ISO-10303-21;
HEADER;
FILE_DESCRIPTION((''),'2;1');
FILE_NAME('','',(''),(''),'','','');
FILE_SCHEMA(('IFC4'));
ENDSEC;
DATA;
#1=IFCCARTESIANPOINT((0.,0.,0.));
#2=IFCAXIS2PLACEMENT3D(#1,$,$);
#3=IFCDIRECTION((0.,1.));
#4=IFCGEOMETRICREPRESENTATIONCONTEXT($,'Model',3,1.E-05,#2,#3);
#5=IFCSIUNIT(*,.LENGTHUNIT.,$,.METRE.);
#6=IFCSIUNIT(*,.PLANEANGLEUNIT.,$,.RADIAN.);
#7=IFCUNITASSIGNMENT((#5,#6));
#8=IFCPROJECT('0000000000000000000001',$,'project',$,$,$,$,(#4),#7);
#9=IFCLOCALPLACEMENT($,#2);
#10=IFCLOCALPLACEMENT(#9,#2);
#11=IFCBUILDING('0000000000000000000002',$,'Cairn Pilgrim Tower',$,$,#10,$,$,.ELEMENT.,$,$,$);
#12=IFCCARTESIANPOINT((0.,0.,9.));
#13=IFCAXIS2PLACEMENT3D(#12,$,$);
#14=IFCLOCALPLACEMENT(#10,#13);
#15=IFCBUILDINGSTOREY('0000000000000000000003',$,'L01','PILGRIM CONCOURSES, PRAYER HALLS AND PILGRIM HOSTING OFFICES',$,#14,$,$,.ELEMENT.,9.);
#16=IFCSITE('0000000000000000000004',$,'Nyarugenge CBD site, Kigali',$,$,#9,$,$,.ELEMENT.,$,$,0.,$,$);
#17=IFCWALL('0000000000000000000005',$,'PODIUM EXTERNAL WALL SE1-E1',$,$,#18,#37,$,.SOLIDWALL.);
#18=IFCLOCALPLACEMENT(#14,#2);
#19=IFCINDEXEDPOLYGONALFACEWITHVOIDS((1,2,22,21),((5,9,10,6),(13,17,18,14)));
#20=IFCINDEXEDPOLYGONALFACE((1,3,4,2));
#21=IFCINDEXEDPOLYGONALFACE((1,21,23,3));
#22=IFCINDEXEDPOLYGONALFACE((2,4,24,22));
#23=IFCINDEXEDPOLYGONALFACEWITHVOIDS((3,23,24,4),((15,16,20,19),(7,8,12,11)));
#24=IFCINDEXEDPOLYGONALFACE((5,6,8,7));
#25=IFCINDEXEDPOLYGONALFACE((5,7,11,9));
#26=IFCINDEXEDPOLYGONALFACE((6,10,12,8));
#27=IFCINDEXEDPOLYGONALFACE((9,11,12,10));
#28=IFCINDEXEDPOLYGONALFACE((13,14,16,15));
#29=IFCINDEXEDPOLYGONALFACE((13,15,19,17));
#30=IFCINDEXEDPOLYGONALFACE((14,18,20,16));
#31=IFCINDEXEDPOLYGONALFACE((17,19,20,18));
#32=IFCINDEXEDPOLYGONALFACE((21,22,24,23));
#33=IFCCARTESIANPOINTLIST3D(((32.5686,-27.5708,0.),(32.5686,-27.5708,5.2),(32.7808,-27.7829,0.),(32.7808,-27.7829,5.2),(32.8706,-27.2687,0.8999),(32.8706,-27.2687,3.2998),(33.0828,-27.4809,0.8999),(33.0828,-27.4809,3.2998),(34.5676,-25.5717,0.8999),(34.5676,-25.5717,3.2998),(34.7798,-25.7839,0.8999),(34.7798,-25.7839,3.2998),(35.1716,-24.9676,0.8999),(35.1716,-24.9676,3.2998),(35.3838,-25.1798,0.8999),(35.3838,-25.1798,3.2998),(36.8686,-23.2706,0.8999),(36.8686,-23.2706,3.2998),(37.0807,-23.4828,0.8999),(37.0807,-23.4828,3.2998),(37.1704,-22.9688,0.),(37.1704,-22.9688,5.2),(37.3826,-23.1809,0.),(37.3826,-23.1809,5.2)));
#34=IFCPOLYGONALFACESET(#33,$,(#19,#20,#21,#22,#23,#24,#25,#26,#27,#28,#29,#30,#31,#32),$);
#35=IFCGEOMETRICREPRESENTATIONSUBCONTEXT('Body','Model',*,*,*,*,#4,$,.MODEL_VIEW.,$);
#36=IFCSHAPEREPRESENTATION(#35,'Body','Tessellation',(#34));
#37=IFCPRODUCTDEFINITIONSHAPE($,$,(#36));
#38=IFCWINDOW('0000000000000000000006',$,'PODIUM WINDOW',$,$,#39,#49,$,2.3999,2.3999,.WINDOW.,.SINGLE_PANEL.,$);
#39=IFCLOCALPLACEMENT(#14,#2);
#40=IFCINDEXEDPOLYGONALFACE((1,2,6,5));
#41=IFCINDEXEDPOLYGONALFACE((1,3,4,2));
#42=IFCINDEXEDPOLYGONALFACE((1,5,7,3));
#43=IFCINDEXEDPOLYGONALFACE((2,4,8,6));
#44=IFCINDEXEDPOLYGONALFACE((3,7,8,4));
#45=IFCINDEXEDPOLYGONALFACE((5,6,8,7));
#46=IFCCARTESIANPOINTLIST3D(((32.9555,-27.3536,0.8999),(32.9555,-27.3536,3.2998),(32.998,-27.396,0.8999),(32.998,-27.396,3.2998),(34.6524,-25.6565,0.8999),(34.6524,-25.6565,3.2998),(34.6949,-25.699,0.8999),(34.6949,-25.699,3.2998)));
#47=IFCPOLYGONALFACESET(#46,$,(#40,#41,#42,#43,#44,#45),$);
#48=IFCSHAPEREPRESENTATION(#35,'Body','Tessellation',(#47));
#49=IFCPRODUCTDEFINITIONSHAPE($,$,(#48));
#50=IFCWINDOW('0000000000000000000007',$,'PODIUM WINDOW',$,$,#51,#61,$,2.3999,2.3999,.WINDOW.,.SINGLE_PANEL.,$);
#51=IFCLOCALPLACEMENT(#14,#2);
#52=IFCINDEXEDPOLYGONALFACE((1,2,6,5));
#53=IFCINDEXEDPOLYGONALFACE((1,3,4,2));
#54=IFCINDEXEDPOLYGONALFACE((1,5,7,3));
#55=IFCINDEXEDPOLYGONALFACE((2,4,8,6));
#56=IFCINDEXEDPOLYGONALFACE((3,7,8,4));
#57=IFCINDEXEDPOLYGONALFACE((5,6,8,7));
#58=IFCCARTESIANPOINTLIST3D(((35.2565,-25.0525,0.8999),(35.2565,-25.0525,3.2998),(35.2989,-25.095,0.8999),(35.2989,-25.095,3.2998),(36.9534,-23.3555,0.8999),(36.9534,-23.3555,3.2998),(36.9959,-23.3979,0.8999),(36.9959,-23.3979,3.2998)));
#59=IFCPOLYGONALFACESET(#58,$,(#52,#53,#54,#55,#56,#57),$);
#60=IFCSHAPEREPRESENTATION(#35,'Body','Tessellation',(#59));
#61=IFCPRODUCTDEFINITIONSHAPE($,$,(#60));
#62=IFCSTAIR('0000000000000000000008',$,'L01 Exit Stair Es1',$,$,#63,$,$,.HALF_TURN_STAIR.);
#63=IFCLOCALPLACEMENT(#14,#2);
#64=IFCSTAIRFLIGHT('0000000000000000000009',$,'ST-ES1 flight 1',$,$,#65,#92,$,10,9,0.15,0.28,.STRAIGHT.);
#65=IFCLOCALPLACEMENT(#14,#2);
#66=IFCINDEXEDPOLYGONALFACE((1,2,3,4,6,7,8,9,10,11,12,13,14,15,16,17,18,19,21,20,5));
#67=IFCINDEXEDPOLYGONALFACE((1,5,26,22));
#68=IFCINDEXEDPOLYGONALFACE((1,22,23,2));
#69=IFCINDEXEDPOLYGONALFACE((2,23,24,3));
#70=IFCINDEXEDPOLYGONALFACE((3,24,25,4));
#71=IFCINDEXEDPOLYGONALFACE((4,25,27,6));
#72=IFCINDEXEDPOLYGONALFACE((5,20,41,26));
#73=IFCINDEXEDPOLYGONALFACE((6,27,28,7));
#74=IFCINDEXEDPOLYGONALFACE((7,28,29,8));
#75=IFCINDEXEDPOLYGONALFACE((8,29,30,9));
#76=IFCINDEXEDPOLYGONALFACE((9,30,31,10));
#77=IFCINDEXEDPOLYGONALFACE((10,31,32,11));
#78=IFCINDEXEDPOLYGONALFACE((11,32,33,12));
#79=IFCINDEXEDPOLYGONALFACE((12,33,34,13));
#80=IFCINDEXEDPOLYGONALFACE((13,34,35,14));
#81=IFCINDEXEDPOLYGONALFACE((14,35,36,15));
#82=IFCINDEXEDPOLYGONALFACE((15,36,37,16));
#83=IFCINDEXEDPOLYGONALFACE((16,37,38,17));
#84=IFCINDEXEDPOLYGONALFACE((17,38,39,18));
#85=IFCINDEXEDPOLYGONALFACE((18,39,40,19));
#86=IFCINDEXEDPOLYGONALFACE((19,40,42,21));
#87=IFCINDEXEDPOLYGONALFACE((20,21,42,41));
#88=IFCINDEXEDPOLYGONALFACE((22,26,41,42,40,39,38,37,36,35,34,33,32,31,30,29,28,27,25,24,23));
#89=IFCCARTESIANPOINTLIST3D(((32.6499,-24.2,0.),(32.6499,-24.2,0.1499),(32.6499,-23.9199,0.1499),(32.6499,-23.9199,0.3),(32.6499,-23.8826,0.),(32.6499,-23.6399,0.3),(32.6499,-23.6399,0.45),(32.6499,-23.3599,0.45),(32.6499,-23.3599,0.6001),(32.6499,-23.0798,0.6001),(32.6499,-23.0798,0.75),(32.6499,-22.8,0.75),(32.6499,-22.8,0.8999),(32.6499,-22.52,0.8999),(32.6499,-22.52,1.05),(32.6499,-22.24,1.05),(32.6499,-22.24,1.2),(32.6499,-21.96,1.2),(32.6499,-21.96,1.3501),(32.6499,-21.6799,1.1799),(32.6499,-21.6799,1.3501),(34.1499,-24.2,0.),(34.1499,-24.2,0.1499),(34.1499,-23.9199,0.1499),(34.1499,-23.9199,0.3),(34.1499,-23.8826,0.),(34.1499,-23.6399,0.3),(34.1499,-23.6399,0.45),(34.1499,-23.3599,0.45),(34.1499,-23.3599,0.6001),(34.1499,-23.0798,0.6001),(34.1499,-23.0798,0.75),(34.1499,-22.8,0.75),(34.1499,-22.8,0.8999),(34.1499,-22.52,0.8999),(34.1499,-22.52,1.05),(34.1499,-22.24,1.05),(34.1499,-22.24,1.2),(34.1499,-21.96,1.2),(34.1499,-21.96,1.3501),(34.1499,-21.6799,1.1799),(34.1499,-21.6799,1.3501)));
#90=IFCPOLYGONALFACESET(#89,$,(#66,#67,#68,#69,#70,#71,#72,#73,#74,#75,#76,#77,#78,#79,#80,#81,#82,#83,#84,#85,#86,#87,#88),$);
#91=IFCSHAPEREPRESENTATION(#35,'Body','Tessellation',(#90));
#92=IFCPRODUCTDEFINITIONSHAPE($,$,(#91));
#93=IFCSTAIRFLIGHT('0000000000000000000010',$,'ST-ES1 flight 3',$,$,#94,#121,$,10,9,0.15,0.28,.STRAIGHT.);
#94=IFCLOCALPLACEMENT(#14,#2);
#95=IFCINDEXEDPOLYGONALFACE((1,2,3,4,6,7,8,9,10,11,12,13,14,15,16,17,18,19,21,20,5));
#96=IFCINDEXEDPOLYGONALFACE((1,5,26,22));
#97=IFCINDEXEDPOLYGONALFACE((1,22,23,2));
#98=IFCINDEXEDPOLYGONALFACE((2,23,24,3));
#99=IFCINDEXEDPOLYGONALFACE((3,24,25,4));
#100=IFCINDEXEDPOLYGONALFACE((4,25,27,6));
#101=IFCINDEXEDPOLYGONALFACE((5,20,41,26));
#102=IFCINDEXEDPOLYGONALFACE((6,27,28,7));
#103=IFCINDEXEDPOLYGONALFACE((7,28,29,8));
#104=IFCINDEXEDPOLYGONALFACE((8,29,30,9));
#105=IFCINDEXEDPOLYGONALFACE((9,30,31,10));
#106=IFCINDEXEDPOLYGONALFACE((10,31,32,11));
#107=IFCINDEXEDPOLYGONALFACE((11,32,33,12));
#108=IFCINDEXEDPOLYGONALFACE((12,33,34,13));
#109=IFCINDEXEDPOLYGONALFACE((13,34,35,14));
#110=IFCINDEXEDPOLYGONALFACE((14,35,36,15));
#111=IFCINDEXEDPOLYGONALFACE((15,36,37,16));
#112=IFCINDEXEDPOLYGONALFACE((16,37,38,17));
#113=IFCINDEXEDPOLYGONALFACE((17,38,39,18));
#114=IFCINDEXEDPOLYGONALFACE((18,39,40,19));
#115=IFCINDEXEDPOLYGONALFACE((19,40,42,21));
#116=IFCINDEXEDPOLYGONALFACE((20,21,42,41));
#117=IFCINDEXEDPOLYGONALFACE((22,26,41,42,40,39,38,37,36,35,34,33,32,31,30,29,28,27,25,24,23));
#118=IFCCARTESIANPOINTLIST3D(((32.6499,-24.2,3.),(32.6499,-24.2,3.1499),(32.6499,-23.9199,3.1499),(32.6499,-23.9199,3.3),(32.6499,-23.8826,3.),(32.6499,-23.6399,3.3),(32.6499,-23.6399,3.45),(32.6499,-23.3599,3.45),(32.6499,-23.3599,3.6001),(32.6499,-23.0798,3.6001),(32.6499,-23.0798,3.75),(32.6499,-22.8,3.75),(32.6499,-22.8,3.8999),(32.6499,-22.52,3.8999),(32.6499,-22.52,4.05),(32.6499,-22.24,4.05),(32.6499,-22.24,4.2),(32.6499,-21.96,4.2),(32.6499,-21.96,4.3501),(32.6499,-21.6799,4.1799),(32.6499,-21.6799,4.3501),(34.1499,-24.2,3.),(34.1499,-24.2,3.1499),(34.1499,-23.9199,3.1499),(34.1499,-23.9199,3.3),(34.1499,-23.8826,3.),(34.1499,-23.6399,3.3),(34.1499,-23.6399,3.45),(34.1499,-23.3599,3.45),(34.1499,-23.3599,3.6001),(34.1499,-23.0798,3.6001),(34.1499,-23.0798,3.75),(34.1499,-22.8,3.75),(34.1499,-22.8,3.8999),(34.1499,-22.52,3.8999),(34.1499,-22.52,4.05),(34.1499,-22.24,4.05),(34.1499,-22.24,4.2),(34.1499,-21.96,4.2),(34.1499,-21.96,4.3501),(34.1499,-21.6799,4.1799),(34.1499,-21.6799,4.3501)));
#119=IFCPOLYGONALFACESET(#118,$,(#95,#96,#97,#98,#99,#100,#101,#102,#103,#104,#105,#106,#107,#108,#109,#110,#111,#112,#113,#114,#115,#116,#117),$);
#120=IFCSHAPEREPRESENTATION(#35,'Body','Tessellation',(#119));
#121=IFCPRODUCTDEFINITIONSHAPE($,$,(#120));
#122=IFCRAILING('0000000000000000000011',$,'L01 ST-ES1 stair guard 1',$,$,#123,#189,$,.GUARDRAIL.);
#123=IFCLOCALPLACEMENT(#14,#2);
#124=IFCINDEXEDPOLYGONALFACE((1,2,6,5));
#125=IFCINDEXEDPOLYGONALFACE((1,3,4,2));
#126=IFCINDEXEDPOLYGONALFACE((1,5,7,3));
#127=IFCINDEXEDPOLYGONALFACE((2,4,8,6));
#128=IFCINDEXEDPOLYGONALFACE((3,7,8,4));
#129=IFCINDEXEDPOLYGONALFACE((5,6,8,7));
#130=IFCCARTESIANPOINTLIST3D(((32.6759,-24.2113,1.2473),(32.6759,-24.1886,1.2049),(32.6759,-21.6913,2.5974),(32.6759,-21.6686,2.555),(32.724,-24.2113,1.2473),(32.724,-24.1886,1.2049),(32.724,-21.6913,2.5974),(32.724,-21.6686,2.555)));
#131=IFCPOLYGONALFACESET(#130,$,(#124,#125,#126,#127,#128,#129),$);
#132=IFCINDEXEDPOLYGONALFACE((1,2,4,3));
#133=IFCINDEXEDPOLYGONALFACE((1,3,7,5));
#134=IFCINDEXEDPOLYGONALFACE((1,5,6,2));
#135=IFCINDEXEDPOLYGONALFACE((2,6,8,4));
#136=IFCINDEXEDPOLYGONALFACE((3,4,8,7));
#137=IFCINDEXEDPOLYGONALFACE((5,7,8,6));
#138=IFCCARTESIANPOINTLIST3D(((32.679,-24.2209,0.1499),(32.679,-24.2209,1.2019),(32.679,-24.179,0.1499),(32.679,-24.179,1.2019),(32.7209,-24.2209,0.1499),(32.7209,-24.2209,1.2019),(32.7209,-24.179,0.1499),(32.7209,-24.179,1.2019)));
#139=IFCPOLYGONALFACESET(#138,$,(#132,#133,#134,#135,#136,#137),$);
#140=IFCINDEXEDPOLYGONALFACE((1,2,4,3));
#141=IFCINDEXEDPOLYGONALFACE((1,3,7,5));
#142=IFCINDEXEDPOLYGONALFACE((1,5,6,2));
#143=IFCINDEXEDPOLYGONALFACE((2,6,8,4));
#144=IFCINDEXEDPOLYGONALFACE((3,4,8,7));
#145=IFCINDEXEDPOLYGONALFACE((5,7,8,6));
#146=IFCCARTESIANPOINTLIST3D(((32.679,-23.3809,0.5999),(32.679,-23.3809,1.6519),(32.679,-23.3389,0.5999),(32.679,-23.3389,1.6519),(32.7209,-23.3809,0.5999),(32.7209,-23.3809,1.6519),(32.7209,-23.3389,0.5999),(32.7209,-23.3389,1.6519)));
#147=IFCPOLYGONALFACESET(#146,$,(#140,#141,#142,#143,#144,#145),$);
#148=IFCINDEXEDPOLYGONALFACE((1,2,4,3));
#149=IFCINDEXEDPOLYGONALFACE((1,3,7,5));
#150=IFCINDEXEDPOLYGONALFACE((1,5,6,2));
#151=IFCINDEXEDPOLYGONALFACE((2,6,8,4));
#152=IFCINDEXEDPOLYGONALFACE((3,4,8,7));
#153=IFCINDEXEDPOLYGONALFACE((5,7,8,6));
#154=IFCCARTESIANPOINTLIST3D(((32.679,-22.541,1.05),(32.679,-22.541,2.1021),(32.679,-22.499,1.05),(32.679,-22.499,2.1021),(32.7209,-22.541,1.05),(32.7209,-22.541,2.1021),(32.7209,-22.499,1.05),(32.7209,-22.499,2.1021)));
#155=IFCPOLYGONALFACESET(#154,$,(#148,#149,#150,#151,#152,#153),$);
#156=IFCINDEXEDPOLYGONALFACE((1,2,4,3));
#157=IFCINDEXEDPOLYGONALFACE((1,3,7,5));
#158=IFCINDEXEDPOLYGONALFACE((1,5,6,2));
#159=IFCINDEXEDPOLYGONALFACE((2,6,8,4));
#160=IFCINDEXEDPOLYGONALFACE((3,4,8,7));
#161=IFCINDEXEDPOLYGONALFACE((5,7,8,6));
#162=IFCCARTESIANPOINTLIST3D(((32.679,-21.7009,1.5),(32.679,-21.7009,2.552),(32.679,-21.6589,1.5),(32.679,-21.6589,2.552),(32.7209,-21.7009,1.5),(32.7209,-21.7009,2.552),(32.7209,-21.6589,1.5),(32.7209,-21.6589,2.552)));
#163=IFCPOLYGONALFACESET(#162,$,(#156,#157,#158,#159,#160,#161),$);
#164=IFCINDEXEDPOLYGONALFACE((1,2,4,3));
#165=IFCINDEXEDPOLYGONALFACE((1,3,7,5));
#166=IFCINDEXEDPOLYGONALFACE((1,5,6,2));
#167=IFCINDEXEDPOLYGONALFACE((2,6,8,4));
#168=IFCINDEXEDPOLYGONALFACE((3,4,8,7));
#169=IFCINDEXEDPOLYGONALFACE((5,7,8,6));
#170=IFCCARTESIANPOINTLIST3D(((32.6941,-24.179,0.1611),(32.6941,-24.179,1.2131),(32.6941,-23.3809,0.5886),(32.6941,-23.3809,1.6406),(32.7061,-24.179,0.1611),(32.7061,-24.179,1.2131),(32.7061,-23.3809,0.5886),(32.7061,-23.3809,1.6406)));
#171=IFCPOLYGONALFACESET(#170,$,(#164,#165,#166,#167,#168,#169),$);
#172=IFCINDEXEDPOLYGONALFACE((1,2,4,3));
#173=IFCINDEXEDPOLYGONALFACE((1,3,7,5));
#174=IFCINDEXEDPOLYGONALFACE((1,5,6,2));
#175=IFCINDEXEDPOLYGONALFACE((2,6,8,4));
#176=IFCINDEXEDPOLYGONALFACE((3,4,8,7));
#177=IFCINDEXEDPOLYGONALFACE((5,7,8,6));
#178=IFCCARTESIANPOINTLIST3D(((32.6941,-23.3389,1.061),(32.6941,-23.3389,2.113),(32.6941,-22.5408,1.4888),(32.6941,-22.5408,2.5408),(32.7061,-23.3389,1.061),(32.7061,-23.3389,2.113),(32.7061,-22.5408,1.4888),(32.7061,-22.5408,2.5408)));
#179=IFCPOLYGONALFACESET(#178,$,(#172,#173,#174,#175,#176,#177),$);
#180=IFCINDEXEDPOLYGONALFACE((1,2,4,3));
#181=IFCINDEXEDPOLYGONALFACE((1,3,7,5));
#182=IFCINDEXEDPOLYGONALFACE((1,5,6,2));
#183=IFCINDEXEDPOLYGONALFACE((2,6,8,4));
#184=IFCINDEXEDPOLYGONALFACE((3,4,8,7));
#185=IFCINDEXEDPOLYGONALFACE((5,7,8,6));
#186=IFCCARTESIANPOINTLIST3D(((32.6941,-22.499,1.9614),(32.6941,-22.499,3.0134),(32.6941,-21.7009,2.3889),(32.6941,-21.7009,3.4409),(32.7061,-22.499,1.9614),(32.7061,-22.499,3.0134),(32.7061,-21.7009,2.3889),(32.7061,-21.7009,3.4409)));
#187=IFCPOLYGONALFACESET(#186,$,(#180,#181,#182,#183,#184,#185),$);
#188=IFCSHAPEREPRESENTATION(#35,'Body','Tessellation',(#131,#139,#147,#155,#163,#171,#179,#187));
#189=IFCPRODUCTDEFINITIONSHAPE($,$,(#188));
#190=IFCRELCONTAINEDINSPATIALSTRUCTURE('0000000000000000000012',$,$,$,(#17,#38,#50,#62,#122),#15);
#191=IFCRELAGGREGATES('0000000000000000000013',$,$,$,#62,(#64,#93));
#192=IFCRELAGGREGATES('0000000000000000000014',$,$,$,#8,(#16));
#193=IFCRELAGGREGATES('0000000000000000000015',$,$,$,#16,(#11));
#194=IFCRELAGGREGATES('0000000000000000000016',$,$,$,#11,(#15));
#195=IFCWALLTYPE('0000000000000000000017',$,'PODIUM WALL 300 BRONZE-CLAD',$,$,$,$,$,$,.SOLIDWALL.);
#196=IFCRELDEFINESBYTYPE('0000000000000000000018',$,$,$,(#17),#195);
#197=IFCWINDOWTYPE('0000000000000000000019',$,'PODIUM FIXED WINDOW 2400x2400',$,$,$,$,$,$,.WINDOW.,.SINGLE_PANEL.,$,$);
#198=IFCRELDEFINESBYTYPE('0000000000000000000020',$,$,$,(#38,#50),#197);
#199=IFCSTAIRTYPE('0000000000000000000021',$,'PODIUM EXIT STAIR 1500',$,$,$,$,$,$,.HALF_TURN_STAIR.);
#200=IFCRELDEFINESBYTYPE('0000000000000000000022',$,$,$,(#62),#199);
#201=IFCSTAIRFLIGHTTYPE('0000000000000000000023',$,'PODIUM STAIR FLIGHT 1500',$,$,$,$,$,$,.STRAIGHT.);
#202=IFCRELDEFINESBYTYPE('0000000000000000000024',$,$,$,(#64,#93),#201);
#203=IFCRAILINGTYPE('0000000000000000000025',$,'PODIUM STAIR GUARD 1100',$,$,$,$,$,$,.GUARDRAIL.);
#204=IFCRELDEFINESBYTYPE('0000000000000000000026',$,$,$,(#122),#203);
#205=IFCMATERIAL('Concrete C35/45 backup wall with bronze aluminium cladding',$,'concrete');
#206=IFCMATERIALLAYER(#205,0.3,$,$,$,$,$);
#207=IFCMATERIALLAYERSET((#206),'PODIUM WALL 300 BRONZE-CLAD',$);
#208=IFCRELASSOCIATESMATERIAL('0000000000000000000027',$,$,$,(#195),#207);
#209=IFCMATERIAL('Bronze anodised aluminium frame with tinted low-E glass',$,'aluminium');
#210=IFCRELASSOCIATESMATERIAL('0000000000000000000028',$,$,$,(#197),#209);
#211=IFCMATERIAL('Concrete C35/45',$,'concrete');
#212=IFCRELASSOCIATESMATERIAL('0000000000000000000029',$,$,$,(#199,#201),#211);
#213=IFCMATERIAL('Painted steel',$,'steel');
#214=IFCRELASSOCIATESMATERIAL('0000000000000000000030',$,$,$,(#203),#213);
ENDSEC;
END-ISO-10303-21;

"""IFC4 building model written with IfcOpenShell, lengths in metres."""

from ifc_helpers import new_model, si_unit, direction, frame, frame_2d, origin, origin_2d, place, context, subcontext, project, spatial, polyline, rectangle, outline, extrude, material, layer, layer_set, type_object, element, fill, aggregate, save


model = new_model("IFC4")

# Units and contexts
model_context = context("Model", 3, precision=1e-05, world=origin(), true_north=direction((0.0, 1.0)))
body_context = subcontext(model_context, "Body", "Model", "MODEL_VIEW")
ifc_project = project(units=[si_unit("LENGTHUNIT", "METRE"), si_unit("PLANEANGLEUNIT", "RADIAN")], contexts=[model_context])

# Site, building, storey
site_placement = place(None, origin())
site = spatial("IfcSite", under=ifc_project, at=site_placement, Name="Nyarugenge CBD site, Kigali", CompositionType="ELEMENT", RefElevation=0.0)
building_placement = place(site_placement, origin())
building = spatial("IfcBuilding", under=site, at=building_placement, Name="Cairn Pilgrim Tower", CompositionType="ELEMENT")
storey_placement = place(building_placement, frame((0.0, 0.0, 9.0)))
storey = spatial("IfcBuildingStorey", under=building, at=storey_placement, Name="L01", Description="PILGRIM CONCOURSES, PRAYER HALLS AND PILGRIM HOSTING OFFICES", CompositionType="ELEMENT", Elevation=9.0)

# Shared definitions
ifc_material_1 = material(Name="Concrete C35/45", Category="concrete")

# Wall, openings, windows
ifc_material_2 = material(Name="Concrete C35/45 backup wall with bronze aluminium cladding", Category="concrete")
ifc_layer_1 = layer(ifc_material_2, 0.3)
ifc_layer_set_1 = layer_set([ifc_layer_1], Name="PODIUM WALL 300 BRONZE-CLAD")
wall_type_1 = type_object("IfcWallType", Name="PODIUM WALL 300 BRONZE-CLAD", PredefinedType="SOLIDWALL", material=ifc_layer_set_1)
wall_1_placement = place(storey_placement, frame((32.6748, -27.6768, 0.0), z_axis=(0.0, 0.0, 1.0), x_axis=(0.707088, 0.707126, 0.0)))
wall_1 = element("IfcWall", 1, at=wall_1_placement, inside=storey, type_object=wall_type_1, Name="PODIUM EXTERNAL WALL SE1-E1", PredefinedType="SOLIDWALL", context=body_context, shape_type="SweptSolid", body=[
    extrude(rectangle(XDim=6.5081, YDim=0.3, at=frame_2d((3.2539, 0.0))), origin(), (0.0, 0.0, 1.0), 5.2),
])
opening_1_placement = place(wall_1_placement, frame((0.427, 0.0, 0.8999)))
opening_1 = element("IfcOpeningElement", 2, at=opening_1_placement, cuts=wall_1, PredefinedType="OPENING", context=body_context, shape_type="SweptSolid", body=[
    extrude(rectangle(XDim=2.3999, YDim=2.3999, at=frame_2d((1.2, 1.2))), frame((0.0, 0.1602, 0.0), z_axis=(0.0, -1.0, 0.0), x_axis=(1.0, 0.0, 0.0)), (0.0, 0.0, 1.0), 0.3201),
])
opening_2_placement = place(wall_1_placement, frame((3.6812, 0.0, 0.8999)))
opening_2 = element("IfcOpeningElement", 3, at=opening_2_placement, cuts=wall_1, PredefinedType="OPENING", context=body_context, shape_type="SweptSolid", body=[
    extrude(rectangle(XDim=2.3999, YDim=2.3999, at=frame_2d((1.2, 1.2))), frame((0.0, 0.1602, 0.0), z_axis=(0.0, -1.0, 0.0), x_axis=(1.0, 0.0, 0.0)), (0.0, 0.0, 1.0), 0.3201),
])
ifc_material_3 = material(Name="Bronze anodised aluminium frame with tinted low-E glass", Category="aluminium")
window_type = type_object("IfcWindowType", Name="PODIUM FIXED WINDOW 2400x2400", PartitioningType="SINGLE_PANEL", PredefinedType="WINDOW", material=ifc_material_3)
window_1_placement = place(opening_1_placement, origin())
window_1 = element("IfcWindow", 4, at=window_1_placement, inside=storey, type_object=window_type, Name="PODIUM WINDOW", OverallHeight=2.3999, OverallWidth=2.3999, PartitioningType="SINGLE_PANEL", PredefinedType="WINDOW", context=body_context, shape_type="SweptSolid", body=[
    extrude(rectangle(XDim=2.3999, YDim=2.3999, at=frame_2d((1.2, 1.2))), frame((0.0, 0.03, 0.0), z_axis=(0.0, -1.0, 0.0), x_axis=(1.0, 0.0, 0.0)), (0.0, 0.0, 1.0), 0.0601),
])
fill(opening_1, window_1)
window_2_placement = place(opening_2_placement, origin())
window_2 = element("IfcWindow", 5, at=window_2_placement, inside=storey, type_object=window_type, Name="PODIUM WINDOW", OverallHeight=2.3999, OverallWidth=2.3999, PartitioningType="SINGLE_PANEL", PredefinedType="WINDOW", context=body_context, shape_type="SweptSolid", body=[
    extrude(rectangle(XDim=2.3999, YDim=2.3999, at=frame_2d((1.2, 1.2))), frame((0.0, 0.03, 0.0), z_axis=(0.0, -1.0, 0.0), x_axis=(1.0, 0.0, 0.0)), (0.0, 0.0, 1.0), 0.0601),
])
fill(opening_2, window_2)

# Stair, stair flights
stair_type = type_object("IfcStairType", Name="PODIUM EXIT STAIR 1500", PredefinedType="HALF_TURN_STAIR", material=ifc_material_1)
stair_placement = place(storey_placement, origin())
stair = element("IfcStair", 6, at=stair_placement, inside=storey, type_object=stair_type, Name="L01 Exit Stair Es1", PredefinedType="HALF_TURN_STAIR")
stair_flight_type = type_object("IfcStairFlightType", Name="PODIUM STAIR FLIGHT 1500", PredefinedType="STRAIGHT", material=ifc_material_1)
stair_flight_1_placement = place(storey_placement, frame((33.3999, -24.2, 0.0), z_axis=(0.0, 0.0, 1.0), x_axis=(0.0, 1.0, 0.0)))
stair_flight_1 = element("IfcStairFlight", 7, at=stair_flight_1_placement, type_object=stair_flight_type, Name="ST-ES1 flight 1", NumberOfRisers=10, NumberOfTreads=9, PredefinedType="STRAIGHT", RiserHeight=0.15, TreadLength=0.28, context=body_context, shape_type="SweptSolid", body=[
    extrude(outline(polyline([(0.0, 0.0), (0.0, 0.1499), (0.28, 0.1499), (0.28, 0.3), (0.5601, 0.3), (0.5601, 0.45), (0.8401, 0.45), (0.8401, 0.6001), (1.1201, 0.6001), (1.1201, 0.75), (1.3999, 0.75), (1.3999, 0.8999), (1.6799, 0.8999), (1.6799, 1.05), (1.96, 1.05), (1.96, 1.2), (2.24, 1.2), (2.24, 1.3501), (2.52, 1.3501), (2.52, 1.5), (2.52, 1.1799), (0.3174, 0.0), (0.0, 0.0)])), frame((0.0, 0.75, 0.0), z_axis=(0.0, -1.0, 0.0), x_axis=(1.0, 0.0, 0.0)), (0.0, 0.0, 1.0), 1.5),
])
stair_flight_2_placement = place(storey_placement, frame((33.3999, -24.2, 3.0), z_axis=(0.0, 0.0, 1.0), x_axis=(0.0, 1.0, 0.0)))
stair_flight_2 = element("IfcStairFlight", 8, at=stair_flight_2_placement, type_object=stair_flight_type, Name="ST-ES1 flight 3", NumberOfRisers=10, NumberOfTreads=9, PredefinedType="STRAIGHT", RiserHeight=0.15, TreadLength=0.28, context=body_context, shape_type="SweptSolid", body=[
    extrude(outline(polyline([(0.0, 0.0), (0.0, 0.1499), (0.28, 0.1499), (0.28, 0.3), (0.5601, 0.3), (0.5601, 0.45), (0.8401, 0.45), (0.8401, 0.6001), (1.1201, 0.6001), (1.1201, 0.75), (1.3999, 0.75), (1.3999, 0.8999), (1.6799, 0.8999), (1.6799, 1.05), (1.96, 1.05), (1.96, 1.2), (2.24, 1.2), (2.24, 1.3501), (2.52, 1.3501), (2.52, 1.5), (2.52, 1.1799), (0.3174, 0.0), (0.0, 0.0)])), frame((0.0, 0.75, 0.0), z_axis=(0.0, -1.0, 0.0), x_axis=(1.0, 0.0, 0.0)), (0.0, 0.0, 1.0), 1.5),
])
aggregate(stair, [stair_flight_1, stair_flight_2])

# Railing
ifc_material_4 = material(Name="Painted steel", Category="steel")
railing_type_1 = type_object("IfcRailingType", Name="PODIUM STAIR GUARD 1100", PredefinedType="GUARDRAIL", material=ifc_material_4)
railing_1_placement = place(storey_placement, frame((32.7, -24.2, 0.1499)))
element("IfcRailing", 9, at=railing_1_placement, inside=storey, type_object=railing_type_1, Name="L01 ST-ES1 stair guard 1", PredefinedType="GUARDRAIL", context=body_context, shape_type="SweptSolid", body=[
    extrude(rectangle(XDim=0.0481, YDim=0.0481, at=origin_2d()), frame((0.0, 0.0, 1.0762), z_axis=(0.0, 0.881467, 0.472245), x_axis=(-1.0, 0.0, 0.0)), (0.0, 0.0, 1.0), 2.8589),
    extrude(rectangle(XDim=0.042, YDim=0.042, at=origin_2d()), origin(), (0.0, 0.0, 1.0), 1.052),
    extrude(rectangle(XDim=0.042, YDim=0.042, at=origin_2d()), frame((0.0, 0.8401, 0.45)), (0.0, 0.0, 1.0), 1.052),
    extrude(rectangle(XDim=0.042, YDim=0.042, at=origin_2d()), frame((0.0, 1.6799, 0.9001)), (0.0, 0.0, 1.0), 1.052),
    extrude(rectangle(XDim=0.042, YDim=0.042, at=origin_2d()), frame((0.0, 2.52, 1.3501)), (0.0, 0.0, 1.0), 1.052),
    extrude(outline(polyline([(0.021, 0.0112), (0.8191, 0.4387), (0.8191, 1.4907), (0.021, 1.0632), (0.021, 0.0112)])), frame((-0.0059, 0.0, 0.0), z_axis=(1.0, 0.0, 0.0), x_axis=(0.0, 1.0, 0.0)), (0.0, 0.0, 1.0), 0.012),
    extrude(outline(polyline([(0.021, 0.4612), (0.8191, 0.8889), (0.8191, 1.9409), (0.021, 1.5132), (0.021, 0.4612)])), frame((-0.0059, 0.8401, 0.45), z_axis=(1.0, 0.0, 0.0), x_axis=(0.0, 1.0, 0.0)), (0.0, 0.0, 1.0), 0.012),
    extrude(outline(polyline([(0.021, 0.9114), (0.8191, 1.3389), (0.8191, 2.3909), (0.021, 1.9634), (0.021, 0.9114)])), frame((-0.0059, 1.6799, 0.9001), z_axis=(1.0, 0.0, 0.0), x_axis=(0.0, 1.0, 0.0)), (0.0, 0.0, 1.0), 0.012),
])

save(model, "model.ifc")
